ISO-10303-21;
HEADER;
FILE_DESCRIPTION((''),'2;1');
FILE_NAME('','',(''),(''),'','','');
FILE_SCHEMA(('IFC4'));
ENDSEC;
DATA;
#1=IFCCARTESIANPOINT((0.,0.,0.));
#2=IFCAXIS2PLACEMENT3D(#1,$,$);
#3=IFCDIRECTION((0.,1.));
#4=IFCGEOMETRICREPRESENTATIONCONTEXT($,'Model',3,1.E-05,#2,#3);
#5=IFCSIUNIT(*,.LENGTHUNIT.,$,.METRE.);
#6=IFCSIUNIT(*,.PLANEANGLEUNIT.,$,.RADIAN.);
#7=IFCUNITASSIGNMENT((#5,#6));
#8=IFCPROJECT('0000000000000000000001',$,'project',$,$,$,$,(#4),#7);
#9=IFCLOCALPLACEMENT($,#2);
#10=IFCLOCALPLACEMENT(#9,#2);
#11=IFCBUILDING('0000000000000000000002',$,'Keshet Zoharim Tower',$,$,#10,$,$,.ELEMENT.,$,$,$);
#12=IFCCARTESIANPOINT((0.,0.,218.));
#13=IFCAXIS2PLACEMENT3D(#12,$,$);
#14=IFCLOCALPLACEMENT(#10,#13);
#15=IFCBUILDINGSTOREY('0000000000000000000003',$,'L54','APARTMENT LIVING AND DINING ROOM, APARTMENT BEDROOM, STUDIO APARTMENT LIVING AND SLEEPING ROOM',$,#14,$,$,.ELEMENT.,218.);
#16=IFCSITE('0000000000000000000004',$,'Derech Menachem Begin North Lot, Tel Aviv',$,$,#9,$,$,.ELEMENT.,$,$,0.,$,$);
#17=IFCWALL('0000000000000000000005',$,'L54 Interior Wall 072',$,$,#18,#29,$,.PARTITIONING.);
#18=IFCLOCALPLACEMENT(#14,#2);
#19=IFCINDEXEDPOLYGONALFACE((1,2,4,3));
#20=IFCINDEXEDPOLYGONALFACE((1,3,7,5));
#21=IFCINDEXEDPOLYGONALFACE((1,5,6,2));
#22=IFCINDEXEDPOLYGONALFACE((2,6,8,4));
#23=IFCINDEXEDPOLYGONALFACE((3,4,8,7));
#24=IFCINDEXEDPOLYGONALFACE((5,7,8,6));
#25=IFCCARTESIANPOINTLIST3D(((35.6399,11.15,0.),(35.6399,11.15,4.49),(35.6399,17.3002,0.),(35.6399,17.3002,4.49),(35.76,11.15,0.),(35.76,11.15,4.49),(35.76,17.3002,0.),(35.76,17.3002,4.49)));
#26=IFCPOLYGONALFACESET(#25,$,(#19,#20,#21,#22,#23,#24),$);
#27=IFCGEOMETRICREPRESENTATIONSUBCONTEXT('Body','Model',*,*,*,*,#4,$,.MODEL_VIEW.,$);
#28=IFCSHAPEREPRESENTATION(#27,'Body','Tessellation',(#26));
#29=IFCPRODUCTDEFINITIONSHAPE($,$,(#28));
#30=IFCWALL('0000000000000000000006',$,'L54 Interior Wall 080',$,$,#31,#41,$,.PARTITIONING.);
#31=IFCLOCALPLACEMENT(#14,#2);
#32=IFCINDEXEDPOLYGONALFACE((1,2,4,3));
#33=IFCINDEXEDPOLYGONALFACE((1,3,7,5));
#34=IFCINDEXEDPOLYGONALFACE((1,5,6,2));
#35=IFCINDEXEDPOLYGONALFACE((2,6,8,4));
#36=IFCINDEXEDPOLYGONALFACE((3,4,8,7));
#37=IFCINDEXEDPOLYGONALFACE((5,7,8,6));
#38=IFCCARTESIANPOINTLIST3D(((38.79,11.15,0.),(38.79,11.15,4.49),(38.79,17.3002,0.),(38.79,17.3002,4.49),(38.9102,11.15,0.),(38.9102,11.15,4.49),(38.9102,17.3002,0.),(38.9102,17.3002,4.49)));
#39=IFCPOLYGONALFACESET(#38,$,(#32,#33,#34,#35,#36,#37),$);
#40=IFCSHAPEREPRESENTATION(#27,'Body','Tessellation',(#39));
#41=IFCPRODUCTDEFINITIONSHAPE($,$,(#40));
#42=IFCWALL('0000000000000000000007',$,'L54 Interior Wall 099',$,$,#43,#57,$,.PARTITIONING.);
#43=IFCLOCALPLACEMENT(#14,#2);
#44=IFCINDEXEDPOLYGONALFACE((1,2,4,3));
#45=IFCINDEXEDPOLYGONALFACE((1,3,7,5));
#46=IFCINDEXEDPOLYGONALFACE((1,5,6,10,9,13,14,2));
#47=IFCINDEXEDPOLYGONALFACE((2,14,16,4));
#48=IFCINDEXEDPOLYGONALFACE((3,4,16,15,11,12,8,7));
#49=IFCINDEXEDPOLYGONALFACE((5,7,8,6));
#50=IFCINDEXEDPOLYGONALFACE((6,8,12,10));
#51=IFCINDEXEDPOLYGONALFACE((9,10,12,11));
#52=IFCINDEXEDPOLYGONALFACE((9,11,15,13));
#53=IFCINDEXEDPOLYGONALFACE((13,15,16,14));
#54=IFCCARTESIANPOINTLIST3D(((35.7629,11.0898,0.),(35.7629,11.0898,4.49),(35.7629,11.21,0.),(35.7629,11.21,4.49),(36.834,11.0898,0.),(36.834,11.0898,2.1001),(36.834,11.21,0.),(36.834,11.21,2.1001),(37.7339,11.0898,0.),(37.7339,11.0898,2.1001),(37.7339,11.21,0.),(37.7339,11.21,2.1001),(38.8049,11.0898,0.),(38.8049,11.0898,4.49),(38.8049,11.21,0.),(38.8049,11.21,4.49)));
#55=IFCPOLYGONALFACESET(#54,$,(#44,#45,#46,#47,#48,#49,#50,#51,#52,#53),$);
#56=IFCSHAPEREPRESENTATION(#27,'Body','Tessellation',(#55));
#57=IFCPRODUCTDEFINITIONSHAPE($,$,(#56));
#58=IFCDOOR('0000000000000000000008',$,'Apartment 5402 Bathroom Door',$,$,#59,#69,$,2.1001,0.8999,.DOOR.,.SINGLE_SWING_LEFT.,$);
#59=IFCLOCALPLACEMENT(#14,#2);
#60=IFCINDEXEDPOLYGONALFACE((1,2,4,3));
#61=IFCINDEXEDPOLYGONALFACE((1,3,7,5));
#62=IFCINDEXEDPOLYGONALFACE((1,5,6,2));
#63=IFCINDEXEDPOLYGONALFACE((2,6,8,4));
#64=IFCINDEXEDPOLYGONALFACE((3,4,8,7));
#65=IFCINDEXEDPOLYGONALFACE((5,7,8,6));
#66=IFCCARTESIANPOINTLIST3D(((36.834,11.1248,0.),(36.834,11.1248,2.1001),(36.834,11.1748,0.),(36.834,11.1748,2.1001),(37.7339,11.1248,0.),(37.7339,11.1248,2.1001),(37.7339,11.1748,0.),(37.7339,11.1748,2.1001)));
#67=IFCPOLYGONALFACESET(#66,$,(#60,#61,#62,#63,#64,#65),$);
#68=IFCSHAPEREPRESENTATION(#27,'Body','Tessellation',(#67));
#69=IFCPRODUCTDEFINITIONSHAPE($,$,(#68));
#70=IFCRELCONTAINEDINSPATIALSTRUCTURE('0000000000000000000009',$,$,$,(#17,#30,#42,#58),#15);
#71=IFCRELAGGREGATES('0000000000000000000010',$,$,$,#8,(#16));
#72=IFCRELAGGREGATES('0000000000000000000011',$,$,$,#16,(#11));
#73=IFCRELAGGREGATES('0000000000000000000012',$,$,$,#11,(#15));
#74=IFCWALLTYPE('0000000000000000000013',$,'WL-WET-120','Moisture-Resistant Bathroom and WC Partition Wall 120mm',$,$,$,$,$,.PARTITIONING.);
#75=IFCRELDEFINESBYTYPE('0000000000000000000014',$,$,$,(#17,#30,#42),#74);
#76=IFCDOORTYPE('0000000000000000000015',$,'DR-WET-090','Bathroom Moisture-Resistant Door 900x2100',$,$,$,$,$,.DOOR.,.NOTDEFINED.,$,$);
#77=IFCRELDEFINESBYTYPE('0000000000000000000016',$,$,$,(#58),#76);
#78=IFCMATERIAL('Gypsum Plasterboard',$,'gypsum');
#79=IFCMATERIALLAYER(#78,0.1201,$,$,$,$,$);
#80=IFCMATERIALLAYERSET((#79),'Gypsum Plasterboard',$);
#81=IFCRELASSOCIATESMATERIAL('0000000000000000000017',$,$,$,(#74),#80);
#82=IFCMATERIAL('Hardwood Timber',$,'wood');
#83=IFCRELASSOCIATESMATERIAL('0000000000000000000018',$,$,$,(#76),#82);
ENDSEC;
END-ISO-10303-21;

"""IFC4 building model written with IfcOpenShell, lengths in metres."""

from ifc_helpers import new_model, si_unit, direction, frame, frame_2d, origin, place, context, subcontext, project, spatial, rectangle, extrude, material, layer, layer_set, type_object, element, fill, save


model = new_model("IFC4")

# Units and contexts
model_context = context("Model", 3, precision=1e-05, world=origin(), true_north=direction((0.0, 1.0)))
body_context = subcontext(model_context, "Body", "Model", "MODEL_VIEW")
ifc_project = project(units=[si_unit("LENGTHUNIT", "METRE"), si_unit("PLANEANGLEUNIT", "RADIAN")], contexts=[model_context])

# Site, building, storey
site_placement = place(None, origin())
site = spatial("IfcSite", under=ifc_project, at=site_placement, Name="Derech Menachem Begin North Lot, Tel Aviv", CompositionType="ELEMENT", RefElevation=0.0)
building_placement = place(site_placement, origin())
building = spatial("IfcBuilding", under=site, at=building_placement, Name="Keshet Zoharim Tower", CompositionType="ELEMENT")
storey_placement = place(building_placement, frame((0.0, 0.0, 218.0)))
storey = spatial("IfcBuildingStorey", under=building, at=storey_placement, Name="L54", Description="APARTMENT LIVING AND DINING ROOM, APARTMENT BEDROOM, STUDIO APARTMENT LIVING AND SLEEPING ROOM", CompositionType="ELEMENT", Elevation=218.0)

# Shared definitions
ifc_material_1 = material(Name="Gypsum Plasterboard", Category="gypsum")
ifc_material_2 = material(Name="Hardwood Timber", Category="wood")

# Walls
ifc_layer_1 = layer(ifc_material_1, 0.1201)
ifc_layer_set_1 = layer_set([ifc_layer_1], Name="Gypsum Plasterboard")
wall_type_1 = type_object("IfcWallType", Name="WL-WET-120", Description="Moisture-Resistant Bathroom and WC Partition Wall 120mm", PredefinedType="PARTITIONING", material=ifc_layer_set_1)
for number, where, z_axis, x_axis, name in (
    (1, (35.7, 11.1499, 0.0), (0.0, 0.0, 1.0), (0.0, 1.0, 0.0), "L54 Interior Wall 072"),
    (2, (38.8501, 11.1499, 0.0), (0.0, 0.0, 1.0), (0.0, 1.0, 0.0), "L54 Interior Wall 080"),
):
    element("IfcWall", number, at=place(storey_placement, frame(where, z_axis=z_axis, x_axis=x_axis)), inside=storey, type_object=wall_type_1, Name=name, PredefinedType="PARTITIONING", context=body_context, shape_type="SweptSolid", body=[
        extrude(rectangle(XDim=6.1501, YDim=0.1201, at=frame_2d((3.0752, 0.0))), origin(), (0.0, 0.0, 1.0), 4.49),
    ])

# Wall, opening, door
wall_1_placement = place(storey_placement, frame((35.7629, 11.1499, 0.0), z_axis=(0.0, 0.0, 1.0), x_axis=(1.0, 0.0, 0.0)))
wall_1 = element("IfcWall", 3, at=wall_1_placement, inside=storey, type_object=wall_type_1, Name="L54 Interior Wall 099", PredefinedType="PARTITIONING", context=body_context, shape_type="SweptSolid", body=[
    extrude(rectangle(XDim=3.042, YDim=0.1201, at=frame_2d((1.521, 0.0))), origin(), (0.0, 0.0, 1.0), 4.49),
])
opening_1_placement = place(wall_1_placement, frame((1.071, 0.0, 0.0)))
opening_1 = element("IfcOpeningElement", 4, at=opening_1_placement, cuts=wall_1, PredefinedType="OPENING", context=body_context, shape_type="SweptSolid", body=[
    extrude(rectangle(XDim=0.8999, YDim=2.1001, at=frame_2d((0.45, 1.05))), frame((0.0, 0.0701, 0.0), z_axis=(0.0, -1.0, 0.0), x_axis=(1.0, 0.0, 0.0)), (0.0, 0.0, 1.0), 0.1401),
])
door_type_1 = type_object("IfcDoorType", Name="DR-WET-090", Description="Bathroom Moisture-Resistant Door 900x2100", OperationType="NOTDEFINED", PredefinedType="DOOR", material=ifc_material_2)
door_1_placement = place(opening_1_placement, origin())
door_1 = element("IfcDoor", 5, at=door_1_placement, inside=storey, type_object=door_type_1, Name="Apartment 5402 Bathroom Door", OperationType="SINGLE_SWING_LEFT", OverallHeight=2.1001, OverallWidth=0.8999, PredefinedType="DOOR", context=body_context, shape_type="SweptSolid", body=[
    extrude(rectangle(XDim=0.8999, YDim=2.1001, at=frame_2d((0.45, 1.05))), frame((0.0, 0.0249, 0.0), z_axis=(0.0, -1.0, 0.0), x_axis=(1.0, 0.0, 0.0)), (0.0, 0.0, 1.0), 0.05),
])
fill(opening_1, door_1)

save(model, "model.ifc")
